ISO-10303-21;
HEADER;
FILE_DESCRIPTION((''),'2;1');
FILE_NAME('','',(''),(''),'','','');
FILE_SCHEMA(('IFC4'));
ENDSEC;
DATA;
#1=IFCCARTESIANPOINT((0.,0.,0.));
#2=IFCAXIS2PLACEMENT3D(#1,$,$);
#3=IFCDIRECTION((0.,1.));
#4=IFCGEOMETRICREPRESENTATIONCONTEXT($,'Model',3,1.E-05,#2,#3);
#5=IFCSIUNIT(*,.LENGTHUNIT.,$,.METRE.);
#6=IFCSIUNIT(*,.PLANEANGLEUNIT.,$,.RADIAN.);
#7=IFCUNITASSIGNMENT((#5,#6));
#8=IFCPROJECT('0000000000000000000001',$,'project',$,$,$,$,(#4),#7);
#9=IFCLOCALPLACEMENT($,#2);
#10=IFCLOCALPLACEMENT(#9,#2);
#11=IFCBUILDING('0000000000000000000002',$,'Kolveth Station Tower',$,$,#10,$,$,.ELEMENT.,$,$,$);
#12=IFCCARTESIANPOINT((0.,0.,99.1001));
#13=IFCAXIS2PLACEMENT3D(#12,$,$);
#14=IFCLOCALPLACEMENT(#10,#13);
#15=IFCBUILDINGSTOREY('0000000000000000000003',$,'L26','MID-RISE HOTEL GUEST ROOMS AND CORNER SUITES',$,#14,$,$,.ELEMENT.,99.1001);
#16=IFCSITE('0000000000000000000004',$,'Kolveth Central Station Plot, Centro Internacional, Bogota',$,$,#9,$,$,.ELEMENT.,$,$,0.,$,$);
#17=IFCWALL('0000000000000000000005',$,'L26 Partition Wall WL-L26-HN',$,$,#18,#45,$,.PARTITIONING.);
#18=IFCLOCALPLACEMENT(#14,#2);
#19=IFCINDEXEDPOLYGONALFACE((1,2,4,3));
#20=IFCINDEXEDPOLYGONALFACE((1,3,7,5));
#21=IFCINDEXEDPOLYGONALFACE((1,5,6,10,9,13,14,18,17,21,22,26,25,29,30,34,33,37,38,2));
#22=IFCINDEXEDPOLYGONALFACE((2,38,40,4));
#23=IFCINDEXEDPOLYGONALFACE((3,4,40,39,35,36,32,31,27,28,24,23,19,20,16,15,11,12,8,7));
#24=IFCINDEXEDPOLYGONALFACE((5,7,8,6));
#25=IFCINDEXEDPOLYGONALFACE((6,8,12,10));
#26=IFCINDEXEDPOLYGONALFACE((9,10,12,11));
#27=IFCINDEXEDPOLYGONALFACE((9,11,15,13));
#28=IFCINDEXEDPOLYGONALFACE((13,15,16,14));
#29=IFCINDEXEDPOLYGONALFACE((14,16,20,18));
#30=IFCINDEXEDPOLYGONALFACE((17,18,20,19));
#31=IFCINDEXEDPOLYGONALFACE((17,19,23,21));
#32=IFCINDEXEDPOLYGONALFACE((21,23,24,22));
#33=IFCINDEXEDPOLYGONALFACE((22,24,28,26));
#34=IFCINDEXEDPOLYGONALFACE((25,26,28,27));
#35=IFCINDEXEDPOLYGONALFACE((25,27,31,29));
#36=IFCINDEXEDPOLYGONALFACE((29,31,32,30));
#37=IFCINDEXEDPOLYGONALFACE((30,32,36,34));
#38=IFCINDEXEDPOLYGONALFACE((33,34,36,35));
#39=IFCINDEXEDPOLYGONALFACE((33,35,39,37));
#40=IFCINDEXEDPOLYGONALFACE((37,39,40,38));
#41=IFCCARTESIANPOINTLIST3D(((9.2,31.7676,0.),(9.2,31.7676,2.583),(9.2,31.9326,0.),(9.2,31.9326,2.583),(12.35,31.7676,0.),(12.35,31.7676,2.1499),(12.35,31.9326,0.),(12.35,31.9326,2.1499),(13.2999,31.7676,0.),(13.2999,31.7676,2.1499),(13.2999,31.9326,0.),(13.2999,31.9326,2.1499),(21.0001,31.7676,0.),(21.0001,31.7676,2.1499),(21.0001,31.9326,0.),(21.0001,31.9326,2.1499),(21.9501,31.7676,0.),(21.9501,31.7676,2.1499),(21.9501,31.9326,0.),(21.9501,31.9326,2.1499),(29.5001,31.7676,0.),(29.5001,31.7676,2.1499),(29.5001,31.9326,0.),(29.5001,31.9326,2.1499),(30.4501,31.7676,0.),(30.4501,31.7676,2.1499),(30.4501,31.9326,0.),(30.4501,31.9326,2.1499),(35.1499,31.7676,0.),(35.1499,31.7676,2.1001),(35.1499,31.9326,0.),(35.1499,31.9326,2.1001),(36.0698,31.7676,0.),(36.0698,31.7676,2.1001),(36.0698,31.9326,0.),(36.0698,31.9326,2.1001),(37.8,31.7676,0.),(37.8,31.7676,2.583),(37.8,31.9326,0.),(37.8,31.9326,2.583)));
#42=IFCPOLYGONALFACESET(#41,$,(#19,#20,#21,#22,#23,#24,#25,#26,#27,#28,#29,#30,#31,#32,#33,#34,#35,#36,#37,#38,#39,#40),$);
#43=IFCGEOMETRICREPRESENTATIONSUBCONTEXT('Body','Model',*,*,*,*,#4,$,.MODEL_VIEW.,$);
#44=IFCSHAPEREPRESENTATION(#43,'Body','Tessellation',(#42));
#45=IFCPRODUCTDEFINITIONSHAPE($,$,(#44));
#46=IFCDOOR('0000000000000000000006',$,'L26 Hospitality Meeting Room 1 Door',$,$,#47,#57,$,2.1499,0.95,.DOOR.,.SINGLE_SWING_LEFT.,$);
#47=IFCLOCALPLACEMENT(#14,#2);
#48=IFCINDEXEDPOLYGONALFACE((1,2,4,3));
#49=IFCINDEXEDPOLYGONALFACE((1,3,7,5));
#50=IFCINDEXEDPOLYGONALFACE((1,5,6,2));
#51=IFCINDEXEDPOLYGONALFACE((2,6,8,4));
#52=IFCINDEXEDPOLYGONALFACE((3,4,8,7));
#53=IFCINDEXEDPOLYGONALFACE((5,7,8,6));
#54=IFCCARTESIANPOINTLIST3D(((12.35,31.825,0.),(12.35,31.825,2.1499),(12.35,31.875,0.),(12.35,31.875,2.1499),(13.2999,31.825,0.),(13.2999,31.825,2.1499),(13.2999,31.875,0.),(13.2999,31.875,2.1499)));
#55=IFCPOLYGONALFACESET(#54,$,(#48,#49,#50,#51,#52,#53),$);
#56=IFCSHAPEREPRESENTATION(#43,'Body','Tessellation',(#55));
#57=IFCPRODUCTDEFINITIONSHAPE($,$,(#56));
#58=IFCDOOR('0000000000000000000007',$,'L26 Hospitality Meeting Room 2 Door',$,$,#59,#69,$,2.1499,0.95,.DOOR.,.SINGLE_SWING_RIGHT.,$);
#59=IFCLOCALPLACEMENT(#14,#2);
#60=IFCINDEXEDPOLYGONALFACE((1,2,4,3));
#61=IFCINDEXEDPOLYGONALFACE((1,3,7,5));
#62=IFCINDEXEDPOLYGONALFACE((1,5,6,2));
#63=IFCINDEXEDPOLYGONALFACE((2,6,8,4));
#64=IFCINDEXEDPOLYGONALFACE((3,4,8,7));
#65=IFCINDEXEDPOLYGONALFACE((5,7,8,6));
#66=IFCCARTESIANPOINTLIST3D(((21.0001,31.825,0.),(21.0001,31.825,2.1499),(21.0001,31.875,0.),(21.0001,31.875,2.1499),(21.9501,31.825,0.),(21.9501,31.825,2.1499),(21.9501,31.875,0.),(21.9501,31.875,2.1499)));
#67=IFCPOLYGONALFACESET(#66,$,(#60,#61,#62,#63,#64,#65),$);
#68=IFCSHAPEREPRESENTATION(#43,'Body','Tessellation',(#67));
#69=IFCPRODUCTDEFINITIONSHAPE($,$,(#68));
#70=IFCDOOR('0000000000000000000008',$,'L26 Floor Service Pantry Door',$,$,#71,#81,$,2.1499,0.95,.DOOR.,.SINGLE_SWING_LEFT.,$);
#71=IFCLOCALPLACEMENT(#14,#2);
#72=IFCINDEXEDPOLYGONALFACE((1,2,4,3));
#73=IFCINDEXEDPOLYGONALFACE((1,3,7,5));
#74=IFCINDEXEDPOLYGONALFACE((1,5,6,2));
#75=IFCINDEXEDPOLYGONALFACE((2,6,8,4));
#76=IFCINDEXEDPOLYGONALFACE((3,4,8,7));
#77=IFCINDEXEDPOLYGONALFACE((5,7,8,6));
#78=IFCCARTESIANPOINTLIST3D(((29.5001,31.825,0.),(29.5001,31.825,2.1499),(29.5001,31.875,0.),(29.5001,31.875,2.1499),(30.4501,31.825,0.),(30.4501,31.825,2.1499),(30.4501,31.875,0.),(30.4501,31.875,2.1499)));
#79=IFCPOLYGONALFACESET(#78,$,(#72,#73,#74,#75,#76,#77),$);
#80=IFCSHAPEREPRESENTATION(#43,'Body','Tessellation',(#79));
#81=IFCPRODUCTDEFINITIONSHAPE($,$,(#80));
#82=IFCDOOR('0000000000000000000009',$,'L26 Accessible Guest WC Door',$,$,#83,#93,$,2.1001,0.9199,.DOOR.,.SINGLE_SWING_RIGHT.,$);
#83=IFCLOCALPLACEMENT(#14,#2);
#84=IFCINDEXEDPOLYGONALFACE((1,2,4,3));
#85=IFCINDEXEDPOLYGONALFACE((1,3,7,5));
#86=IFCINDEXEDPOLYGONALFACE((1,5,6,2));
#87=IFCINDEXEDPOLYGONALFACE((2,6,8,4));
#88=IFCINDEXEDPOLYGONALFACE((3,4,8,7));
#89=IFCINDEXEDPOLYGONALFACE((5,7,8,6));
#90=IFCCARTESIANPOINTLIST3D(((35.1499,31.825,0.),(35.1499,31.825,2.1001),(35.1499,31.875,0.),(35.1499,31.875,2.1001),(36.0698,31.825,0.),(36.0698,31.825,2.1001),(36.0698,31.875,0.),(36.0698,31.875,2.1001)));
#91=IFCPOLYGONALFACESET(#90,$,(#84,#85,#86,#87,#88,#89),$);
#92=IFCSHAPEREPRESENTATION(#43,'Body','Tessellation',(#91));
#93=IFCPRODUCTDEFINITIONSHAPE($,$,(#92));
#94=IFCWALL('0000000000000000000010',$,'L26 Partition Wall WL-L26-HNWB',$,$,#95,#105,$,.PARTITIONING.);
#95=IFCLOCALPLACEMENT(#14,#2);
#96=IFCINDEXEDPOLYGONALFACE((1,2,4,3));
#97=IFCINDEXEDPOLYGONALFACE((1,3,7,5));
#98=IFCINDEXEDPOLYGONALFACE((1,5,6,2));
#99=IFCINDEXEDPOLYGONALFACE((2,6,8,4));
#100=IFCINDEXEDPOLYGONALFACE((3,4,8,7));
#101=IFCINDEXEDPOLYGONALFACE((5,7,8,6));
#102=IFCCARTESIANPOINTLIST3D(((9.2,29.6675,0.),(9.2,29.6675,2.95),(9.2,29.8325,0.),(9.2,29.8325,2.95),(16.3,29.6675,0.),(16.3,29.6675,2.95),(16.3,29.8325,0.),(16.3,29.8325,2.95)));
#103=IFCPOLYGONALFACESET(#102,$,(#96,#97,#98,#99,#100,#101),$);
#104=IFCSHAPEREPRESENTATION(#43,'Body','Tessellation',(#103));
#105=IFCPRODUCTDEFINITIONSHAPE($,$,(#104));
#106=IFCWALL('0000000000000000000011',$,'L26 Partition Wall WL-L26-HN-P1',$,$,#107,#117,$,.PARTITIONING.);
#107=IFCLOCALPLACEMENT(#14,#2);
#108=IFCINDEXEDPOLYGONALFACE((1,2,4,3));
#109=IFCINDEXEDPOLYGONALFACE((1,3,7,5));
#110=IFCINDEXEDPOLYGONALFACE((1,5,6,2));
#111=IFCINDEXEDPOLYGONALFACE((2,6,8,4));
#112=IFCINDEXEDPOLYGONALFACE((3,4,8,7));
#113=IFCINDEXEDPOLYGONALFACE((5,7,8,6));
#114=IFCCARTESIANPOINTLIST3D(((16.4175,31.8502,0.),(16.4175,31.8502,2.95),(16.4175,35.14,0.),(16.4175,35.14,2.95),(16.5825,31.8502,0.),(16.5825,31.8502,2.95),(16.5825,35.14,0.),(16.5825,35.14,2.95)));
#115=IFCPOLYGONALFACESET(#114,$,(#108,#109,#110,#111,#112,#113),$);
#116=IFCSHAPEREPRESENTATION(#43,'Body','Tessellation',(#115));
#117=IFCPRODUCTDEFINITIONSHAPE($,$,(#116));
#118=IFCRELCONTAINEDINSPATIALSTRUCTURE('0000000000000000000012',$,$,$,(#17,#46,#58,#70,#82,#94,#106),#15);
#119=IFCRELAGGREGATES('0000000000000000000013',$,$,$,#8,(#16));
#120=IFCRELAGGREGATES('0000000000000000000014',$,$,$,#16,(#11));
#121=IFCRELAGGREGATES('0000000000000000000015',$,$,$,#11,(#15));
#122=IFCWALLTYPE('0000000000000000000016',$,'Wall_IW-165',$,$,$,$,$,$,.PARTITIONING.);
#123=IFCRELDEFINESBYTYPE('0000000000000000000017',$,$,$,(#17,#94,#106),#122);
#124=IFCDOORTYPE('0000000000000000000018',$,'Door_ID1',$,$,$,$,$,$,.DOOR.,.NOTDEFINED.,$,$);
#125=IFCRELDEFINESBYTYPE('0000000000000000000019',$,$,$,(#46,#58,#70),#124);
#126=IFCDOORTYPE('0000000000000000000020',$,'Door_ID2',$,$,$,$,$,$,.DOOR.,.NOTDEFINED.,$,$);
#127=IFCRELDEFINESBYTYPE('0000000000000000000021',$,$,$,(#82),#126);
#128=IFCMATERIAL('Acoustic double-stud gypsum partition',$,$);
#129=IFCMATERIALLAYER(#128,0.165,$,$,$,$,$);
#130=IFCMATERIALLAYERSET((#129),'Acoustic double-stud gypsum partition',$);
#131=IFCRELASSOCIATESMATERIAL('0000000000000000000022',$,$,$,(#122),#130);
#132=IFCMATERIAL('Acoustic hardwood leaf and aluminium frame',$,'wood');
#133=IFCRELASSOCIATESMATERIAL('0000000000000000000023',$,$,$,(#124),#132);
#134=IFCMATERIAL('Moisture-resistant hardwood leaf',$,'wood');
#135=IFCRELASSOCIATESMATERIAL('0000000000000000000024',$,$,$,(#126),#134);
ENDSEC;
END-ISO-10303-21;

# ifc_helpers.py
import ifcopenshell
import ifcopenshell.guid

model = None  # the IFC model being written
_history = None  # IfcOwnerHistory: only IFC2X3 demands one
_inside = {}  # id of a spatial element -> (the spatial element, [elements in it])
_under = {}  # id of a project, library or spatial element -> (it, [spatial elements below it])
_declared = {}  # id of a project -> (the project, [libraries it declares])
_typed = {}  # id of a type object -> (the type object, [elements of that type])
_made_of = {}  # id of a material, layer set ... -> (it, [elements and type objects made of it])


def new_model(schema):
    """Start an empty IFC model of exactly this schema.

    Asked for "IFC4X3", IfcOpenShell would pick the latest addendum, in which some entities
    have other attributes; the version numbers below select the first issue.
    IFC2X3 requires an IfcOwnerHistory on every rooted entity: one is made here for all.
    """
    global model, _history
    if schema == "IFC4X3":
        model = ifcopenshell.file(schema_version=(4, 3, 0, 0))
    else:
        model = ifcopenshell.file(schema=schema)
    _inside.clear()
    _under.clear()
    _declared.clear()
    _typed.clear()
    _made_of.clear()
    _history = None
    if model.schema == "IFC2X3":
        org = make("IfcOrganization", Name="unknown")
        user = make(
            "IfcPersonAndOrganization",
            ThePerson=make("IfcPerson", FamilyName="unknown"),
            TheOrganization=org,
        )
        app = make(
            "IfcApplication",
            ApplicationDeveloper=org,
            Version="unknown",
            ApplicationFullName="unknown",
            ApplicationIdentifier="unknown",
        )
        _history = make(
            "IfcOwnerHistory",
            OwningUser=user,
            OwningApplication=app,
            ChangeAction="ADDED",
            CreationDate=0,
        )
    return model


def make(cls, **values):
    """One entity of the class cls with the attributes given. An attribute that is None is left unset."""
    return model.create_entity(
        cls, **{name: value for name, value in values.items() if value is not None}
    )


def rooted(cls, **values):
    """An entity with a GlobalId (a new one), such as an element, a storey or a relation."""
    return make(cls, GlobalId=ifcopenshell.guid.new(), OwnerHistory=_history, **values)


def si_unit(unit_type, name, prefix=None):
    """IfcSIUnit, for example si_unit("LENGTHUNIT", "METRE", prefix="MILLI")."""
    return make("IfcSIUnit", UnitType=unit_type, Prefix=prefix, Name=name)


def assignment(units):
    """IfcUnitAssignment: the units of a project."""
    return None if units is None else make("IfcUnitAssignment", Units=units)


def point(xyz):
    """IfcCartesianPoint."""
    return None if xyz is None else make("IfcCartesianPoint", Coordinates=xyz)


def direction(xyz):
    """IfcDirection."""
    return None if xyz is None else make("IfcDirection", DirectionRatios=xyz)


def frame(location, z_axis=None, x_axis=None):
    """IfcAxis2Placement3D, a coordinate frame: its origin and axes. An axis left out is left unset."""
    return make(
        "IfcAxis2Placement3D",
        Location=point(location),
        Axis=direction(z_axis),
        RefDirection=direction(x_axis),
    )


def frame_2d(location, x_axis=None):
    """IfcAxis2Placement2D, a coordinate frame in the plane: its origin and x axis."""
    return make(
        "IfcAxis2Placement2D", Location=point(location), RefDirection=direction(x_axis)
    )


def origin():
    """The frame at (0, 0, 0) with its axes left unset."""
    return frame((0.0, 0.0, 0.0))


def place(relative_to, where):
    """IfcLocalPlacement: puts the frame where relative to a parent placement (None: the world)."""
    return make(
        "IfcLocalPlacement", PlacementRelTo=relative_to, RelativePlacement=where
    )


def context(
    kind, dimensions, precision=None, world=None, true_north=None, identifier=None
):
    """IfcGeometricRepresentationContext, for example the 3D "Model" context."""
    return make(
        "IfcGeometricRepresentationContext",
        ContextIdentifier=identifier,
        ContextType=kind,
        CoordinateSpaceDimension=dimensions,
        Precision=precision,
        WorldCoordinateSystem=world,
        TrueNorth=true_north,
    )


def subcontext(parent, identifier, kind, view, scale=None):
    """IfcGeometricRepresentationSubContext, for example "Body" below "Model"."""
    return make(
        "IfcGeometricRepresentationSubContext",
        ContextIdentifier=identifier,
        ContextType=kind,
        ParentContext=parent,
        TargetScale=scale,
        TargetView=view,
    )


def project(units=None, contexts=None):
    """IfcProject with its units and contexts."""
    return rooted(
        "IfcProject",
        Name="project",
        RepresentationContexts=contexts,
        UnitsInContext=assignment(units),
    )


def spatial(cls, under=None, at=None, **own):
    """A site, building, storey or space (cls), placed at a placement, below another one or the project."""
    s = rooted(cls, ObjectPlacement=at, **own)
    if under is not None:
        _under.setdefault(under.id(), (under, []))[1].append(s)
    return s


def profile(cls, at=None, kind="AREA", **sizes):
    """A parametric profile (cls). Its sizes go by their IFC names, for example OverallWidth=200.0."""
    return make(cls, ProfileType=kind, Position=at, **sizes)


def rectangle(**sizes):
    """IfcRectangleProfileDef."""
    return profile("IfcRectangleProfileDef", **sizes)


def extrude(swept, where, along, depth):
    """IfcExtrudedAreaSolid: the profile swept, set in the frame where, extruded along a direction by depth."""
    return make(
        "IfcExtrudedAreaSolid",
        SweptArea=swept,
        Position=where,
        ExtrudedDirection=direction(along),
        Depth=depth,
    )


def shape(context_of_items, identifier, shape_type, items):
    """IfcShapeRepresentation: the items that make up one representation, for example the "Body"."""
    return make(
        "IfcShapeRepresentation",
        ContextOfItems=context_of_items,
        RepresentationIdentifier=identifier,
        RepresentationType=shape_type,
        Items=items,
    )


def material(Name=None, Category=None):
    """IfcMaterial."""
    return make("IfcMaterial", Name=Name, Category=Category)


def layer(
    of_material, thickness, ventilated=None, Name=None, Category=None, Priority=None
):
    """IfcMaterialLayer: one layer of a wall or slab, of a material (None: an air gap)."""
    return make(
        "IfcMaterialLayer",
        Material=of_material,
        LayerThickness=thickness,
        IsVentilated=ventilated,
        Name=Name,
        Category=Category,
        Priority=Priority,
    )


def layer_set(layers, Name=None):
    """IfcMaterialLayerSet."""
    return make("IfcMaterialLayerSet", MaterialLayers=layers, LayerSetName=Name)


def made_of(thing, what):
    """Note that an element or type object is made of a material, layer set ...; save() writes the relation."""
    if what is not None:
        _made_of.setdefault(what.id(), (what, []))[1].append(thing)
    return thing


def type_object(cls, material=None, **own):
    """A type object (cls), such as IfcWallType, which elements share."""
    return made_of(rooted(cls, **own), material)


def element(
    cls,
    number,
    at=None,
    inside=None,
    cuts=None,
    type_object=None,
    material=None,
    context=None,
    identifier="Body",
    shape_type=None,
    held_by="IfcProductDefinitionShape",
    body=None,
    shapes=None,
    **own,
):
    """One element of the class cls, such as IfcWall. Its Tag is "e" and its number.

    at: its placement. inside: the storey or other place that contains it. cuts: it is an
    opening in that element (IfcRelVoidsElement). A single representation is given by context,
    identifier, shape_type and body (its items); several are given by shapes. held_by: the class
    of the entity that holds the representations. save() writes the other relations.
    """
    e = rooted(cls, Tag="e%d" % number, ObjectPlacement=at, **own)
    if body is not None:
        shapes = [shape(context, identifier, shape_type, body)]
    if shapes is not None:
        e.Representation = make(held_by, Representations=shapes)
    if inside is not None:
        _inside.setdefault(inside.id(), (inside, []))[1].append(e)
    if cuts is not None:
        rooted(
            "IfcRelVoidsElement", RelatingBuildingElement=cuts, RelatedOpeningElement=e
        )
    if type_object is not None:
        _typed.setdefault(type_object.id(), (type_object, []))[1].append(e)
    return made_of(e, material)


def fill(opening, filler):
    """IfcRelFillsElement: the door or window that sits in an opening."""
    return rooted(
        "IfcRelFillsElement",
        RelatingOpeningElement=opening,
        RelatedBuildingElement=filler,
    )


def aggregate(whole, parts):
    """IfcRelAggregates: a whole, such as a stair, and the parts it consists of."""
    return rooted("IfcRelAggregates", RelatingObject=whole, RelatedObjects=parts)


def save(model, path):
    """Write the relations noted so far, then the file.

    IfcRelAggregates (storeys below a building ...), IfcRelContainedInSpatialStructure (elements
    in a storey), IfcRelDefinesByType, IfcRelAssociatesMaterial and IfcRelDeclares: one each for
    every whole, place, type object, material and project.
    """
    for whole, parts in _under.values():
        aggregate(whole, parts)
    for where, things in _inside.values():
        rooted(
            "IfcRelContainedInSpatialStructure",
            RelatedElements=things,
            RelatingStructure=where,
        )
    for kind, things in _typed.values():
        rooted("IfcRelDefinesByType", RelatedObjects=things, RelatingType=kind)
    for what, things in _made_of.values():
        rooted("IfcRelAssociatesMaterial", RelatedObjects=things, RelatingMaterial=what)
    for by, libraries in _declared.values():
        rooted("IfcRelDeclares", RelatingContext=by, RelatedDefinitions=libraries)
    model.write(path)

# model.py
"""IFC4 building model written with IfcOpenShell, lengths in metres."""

from ifc_helpers import new_model, si_unit, direction, frame, frame_2d, origin, place, context, subcontext, project, spatial, rectangle, extrude, material, layer, layer_set, type_object, element, fill, save


model = new_model("IFC4")

# Units and contexts
model_context = context("Model", 3, precision=1e-05, world=origin(), true_north=direction((0.0, 1.0)))
body_context = subcontext(model_context, "Body", "Model", "MODEL_VIEW")
ifc_project = project(units=[si_unit("LENGTHUNIT", "METRE"), si_unit("PLANEANGLEUNIT", "RADIAN")], contexts=[model_context])

# Site, building, storey
site_placement = place(None, origin())
site = spatial("IfcSite", under=ifc_project, at=site_placement, Name="Kolveth Central Station Plot, Centro Internacional, Bogota", CompositionType="ELEMENT", RefElevation=0.0)
building_placement = place(site_placement, origin())
building = spatial("IfcBuilding", under=site, at=building_placement, Name="Kolveth Station Tower", CompositionType="ELEMENT")
storey_placement = place(building_placement, frame((0.0, 0.0, 99.1001)))
storey = spatial("IfcBuildingStorey", under=building, at=storey_placement, Name="L26", Description="MID-RISE HOTEL GUEST ROOMS AND CORNER SUITES", CompositionType="ELEMENT", Elevation=99.1001)

# Shared definitions
ifc_material_1 = material(Name="Acoustic double-stud gypsum partition")
ifc_layer_1 = layer(ifc_material_1, 0.165)
ifc_layer_set_1 = layer_set([ifc_layer_1], Name="Acoustic double-stud gypsum partition")
wall_type_1 = type_object("IfcWallType", Name="Wall_IW-165", PredefinedType="PARTITIONING", material=ifc_layer_set_1)

# Wall, openings, doors
wall_1_placement = place(storey_placement, frame((9.2, 31.8501, 0.0), z_axis=(0.0, 0.0, 1.0), x_axis=(1.0, 0.0, 0.0)))
wall_1 = element("IfcWall", 1, at=wall_1_placement, inside=storey, type_object=wall_type_1, Name="L26 Partition Wall WL-L26-HN", PredefinedType="PARTITIONING", context=body_context, shape_type="SweptSolid", body=[
    extrude(rectangle(XDim=28.6001, YDim=0.165, at=frame_2d((14.3, 0.0))), origin(), (0.0, 0.0, 1.0), 2.583),
])
opening_1_placement = place(wall_1_placement, frame((3.1499, 0.0, 0.0)))
opening_1 = element("IfcOpeningElement", 2, at=opening_1_placement, cuts=wall_1, PredefinedType="OPENING", context=body_context, shape_type="SweptSolid", body=[
    extrude(rectangle(XDim=0.95, YDim=2.1499, at=frame_2d((0.4751, 1.075))), frame((0.0, 0.0925, 0.0), z_axis=(0.0, -1.0, 0.0), x_axis=(1.0, 0.0, 0.0)), (0.0, 0.0, 1.0), 0.1851),
])
opening_2_placement = place(wall_1_placement, frame((11.8, 0.0, 0.0)))
opening_2 = element("IfcOpeningElement", 3, at=opening_2_placement, cuts=wall_1, PredefinedType="OPENING", context=body_context, shape_type="SweptSolid", body=[
    extrude(rectangle(XDim=0.95, YDim=2.1499, at=frame_2d((0.4751, 1.075))), frame((0.0, 0.0925, 0.0), z_axis=(0.0, -1.0, 0.0), x_axis=(1.0, 0.0, 0.0)), (0.0, 0.0, 1.0), 0.1851),
])
opening_3_placement = place(wall_1_placement, frame((20.3, 0.0, 0.0)))
opening_3 = element("IfcOpeningElement", 4, at=opening_3_placement, cuts=wall_1, PredefinedType="OPENING", context=body_context, shape_type="SweptSolid", body=[
    extrude(rectangle(XDim=0.95, YDim=2.1499, at=frame_2d((0.4751, 1.075))), frame((0.0, 0.0925, 0.0), z_axis=(0.0, -1.0, 0.0), x_axis=(1.0, 0.0, 0.0)), (0.0, 0.0, 1.0), 0.1851),
])
opening_4_placement = place(wall_1_placement, frame((25.95, 0.0, 0.0)))
opening_4 = element("IfcOpeningElement", 5, at=opening_4_placement, cuts=wall_1, PredefinedType="OPENING", context=body_context, shape_type="SweptSolid", body=[
    extrude(rectangle(XDim=0.9199, YDim=2.1001, at=frame_2d((0.46, 1.05))), frame((0.0, 0.0925, 0.0), z_axis=(0.0, -1.0, 0.0), x_axis=(1.0, 0.0, 0.0)), (0.0, 0.0, 1.0), 0.1851),
])
ifc_material_2 = material(Name="Acoustic hardwood leaf and aluminium frame", Category="wood")
door_type_1 = type_object("IfcDoorType", Name="Door_ID1", OperationType="NOTDEFINED", PredefinedType="DOOR", material=ifc_material_2)
door_1_placement = place(opening_1_placement, origin())
door_1 = element("IfcDoor", 6, at=door_1_placement, inside=storey, type_object=door_type_1, Name="L26 Hospitality Meeting Room 1 Door", OperationType="SINGLE_SWING_LEFT", OverallHeight=2.1499, OverallWidth=0.95, PredefinedType="DOOR", context=body_context, shape_type="SweptSolid", body=[
    extrude(rectangle(XDim=0.95, YDim=2.1499, at=frame_2d((0.4751, 1.075))), frame((0.0, 0.0249, 0.0), z_axis=(0.0, -1.0, 0.0), x_axis=(1.0, 0.0, 0.0)), (0.0, 0.0, 1.0), 0.05),
])
fill(opening_1, door_1)
door_2_placement = place(opening_2_placement, origin())
door_2 = element("IfcDoor", 7, at=door_2_placement, inside=storey, type_object=door_type_1, Name="L26 Hospitality Meeting Room 2 Door", OperationType="SINGLE_SWING_RIGHT", OverallHeight=2.1499, OverallWidth=0.95, PredefinedType="DOOR", context=body_context, shape_type="SweptSolid", body=[
    extrude(rectangle(XDim=0.95, YDim=2.1499, at=frame_2d((0.4751, 1.075))), frame((0.0, 0.0249, 0.0), z_axis=(0.0, -1.0, 0.0), x_axis=(1.0, 0.0, 0.0)), (0.0, 0.0, 1.0), 0.05),
])
fill(opening_2, door_2)
door_3_placement = place(opening_3_placement, origin())
door_3 = element("IfcDoor", 8, at=door_3_placement, inside=storey, type_object=door_type_1, Name="L26 Floor Service Pantry Door", OperationType="SINGLE_SWING_LEFT", OverallHeight=2.1499, OverallWidth=0.95, PredefinedType="DOOR", context=body_context, shape_type="SweptSolid", body=[
    extrude(rectangle(XDim=0.95, YDim=2.1499, at=frame_2d((0.4751, 1.075))), frame((0.0, 0.0249, 0.0), z_axis=(0.0, -1.0, 0.0), x_axis=(1.0, 0.0, 0.0)), (0.0, 0.0, 1.0), 0.05),
])
fill(opening_3, door_3)
ifc_material_3 = material(Name="Moisture-resistant hardwood leaf", Category="wood")
door_type_2 = type_object("IfcDoorType", Name="Door_ID2", OperationType="NOTDEFINED", PredefinedType="DOOR", material=ifc_material_3)
door_4_placement = place(opening_4_placement, origin())
door_4 = element("IfcDoor", 9, at=door_4_placement, inside=storey, type_object=door_type_2, Name="L26 Accessible Guest WC Door", OperationType="SINGLE_SWING_RIGHT", OverallHeight=2.1001, OverallWidth=0.9199, PredefinedType="DOOR", context=body_context, shape_type="SweptSolid", body=[
    extrude(rectangle(XDim=0.9199, YDim=2.1001, at=frame_2d((0.46, 1.05))), frame((0.0, 0.0249, 0.0), z_axis=(0.0, -1.0, 0.0), x_axis=(1.0, 0.0, 0.0)), (0.0, 0.0, 1.0), 0.05),
])
fill(opening_4, door_4)

# Wall
wall_2_placement = place(storey_placement, frame((9.2, 29.75, 0.0), z_axis=(0.0, 0.0, 1.0), x_axis=(1.0, 0.0, 0.0)))
element("IfcWall", 10, at=wall_2_placement, inside=storey, type_object=wall_type_1, Name="L26 Partition Wall WL-L26-HNWB", PredefinedType="PARTITIONING", context=body_context, shape_type="SweptSolid", body=[
    extrude(rectangle(XDim=7.1001, YDim=0.165, at=frame_2d((3.55, 0.0))), origin(), (0.0, 0.0, 1.0), 2.95),
])

# Wall
wall_3_placement = place(storey_placement, frame((16.5, 31.8501, 0.0), z_axis=(0.0, 0.0, 1.0), x_axis=(0.0, 1.0, 0.0)))
element("IfcWall", 11, at=wall_3_placement, inside=storey, type_object=wall_type_1, Name="L26 Partition Wall WL-L26-HN-P1", PredefinedType="PARTITIONING", context=body_context, shape_type="SweptSolid", body=[
    extrude(rectangle(XDim=3.2898, YDim=0.165, at=frame_2d((1.645, 0.0))), origin(), (0.0, 0.0, 1.0), 2.95),
])

save(model, "model.ifc")
